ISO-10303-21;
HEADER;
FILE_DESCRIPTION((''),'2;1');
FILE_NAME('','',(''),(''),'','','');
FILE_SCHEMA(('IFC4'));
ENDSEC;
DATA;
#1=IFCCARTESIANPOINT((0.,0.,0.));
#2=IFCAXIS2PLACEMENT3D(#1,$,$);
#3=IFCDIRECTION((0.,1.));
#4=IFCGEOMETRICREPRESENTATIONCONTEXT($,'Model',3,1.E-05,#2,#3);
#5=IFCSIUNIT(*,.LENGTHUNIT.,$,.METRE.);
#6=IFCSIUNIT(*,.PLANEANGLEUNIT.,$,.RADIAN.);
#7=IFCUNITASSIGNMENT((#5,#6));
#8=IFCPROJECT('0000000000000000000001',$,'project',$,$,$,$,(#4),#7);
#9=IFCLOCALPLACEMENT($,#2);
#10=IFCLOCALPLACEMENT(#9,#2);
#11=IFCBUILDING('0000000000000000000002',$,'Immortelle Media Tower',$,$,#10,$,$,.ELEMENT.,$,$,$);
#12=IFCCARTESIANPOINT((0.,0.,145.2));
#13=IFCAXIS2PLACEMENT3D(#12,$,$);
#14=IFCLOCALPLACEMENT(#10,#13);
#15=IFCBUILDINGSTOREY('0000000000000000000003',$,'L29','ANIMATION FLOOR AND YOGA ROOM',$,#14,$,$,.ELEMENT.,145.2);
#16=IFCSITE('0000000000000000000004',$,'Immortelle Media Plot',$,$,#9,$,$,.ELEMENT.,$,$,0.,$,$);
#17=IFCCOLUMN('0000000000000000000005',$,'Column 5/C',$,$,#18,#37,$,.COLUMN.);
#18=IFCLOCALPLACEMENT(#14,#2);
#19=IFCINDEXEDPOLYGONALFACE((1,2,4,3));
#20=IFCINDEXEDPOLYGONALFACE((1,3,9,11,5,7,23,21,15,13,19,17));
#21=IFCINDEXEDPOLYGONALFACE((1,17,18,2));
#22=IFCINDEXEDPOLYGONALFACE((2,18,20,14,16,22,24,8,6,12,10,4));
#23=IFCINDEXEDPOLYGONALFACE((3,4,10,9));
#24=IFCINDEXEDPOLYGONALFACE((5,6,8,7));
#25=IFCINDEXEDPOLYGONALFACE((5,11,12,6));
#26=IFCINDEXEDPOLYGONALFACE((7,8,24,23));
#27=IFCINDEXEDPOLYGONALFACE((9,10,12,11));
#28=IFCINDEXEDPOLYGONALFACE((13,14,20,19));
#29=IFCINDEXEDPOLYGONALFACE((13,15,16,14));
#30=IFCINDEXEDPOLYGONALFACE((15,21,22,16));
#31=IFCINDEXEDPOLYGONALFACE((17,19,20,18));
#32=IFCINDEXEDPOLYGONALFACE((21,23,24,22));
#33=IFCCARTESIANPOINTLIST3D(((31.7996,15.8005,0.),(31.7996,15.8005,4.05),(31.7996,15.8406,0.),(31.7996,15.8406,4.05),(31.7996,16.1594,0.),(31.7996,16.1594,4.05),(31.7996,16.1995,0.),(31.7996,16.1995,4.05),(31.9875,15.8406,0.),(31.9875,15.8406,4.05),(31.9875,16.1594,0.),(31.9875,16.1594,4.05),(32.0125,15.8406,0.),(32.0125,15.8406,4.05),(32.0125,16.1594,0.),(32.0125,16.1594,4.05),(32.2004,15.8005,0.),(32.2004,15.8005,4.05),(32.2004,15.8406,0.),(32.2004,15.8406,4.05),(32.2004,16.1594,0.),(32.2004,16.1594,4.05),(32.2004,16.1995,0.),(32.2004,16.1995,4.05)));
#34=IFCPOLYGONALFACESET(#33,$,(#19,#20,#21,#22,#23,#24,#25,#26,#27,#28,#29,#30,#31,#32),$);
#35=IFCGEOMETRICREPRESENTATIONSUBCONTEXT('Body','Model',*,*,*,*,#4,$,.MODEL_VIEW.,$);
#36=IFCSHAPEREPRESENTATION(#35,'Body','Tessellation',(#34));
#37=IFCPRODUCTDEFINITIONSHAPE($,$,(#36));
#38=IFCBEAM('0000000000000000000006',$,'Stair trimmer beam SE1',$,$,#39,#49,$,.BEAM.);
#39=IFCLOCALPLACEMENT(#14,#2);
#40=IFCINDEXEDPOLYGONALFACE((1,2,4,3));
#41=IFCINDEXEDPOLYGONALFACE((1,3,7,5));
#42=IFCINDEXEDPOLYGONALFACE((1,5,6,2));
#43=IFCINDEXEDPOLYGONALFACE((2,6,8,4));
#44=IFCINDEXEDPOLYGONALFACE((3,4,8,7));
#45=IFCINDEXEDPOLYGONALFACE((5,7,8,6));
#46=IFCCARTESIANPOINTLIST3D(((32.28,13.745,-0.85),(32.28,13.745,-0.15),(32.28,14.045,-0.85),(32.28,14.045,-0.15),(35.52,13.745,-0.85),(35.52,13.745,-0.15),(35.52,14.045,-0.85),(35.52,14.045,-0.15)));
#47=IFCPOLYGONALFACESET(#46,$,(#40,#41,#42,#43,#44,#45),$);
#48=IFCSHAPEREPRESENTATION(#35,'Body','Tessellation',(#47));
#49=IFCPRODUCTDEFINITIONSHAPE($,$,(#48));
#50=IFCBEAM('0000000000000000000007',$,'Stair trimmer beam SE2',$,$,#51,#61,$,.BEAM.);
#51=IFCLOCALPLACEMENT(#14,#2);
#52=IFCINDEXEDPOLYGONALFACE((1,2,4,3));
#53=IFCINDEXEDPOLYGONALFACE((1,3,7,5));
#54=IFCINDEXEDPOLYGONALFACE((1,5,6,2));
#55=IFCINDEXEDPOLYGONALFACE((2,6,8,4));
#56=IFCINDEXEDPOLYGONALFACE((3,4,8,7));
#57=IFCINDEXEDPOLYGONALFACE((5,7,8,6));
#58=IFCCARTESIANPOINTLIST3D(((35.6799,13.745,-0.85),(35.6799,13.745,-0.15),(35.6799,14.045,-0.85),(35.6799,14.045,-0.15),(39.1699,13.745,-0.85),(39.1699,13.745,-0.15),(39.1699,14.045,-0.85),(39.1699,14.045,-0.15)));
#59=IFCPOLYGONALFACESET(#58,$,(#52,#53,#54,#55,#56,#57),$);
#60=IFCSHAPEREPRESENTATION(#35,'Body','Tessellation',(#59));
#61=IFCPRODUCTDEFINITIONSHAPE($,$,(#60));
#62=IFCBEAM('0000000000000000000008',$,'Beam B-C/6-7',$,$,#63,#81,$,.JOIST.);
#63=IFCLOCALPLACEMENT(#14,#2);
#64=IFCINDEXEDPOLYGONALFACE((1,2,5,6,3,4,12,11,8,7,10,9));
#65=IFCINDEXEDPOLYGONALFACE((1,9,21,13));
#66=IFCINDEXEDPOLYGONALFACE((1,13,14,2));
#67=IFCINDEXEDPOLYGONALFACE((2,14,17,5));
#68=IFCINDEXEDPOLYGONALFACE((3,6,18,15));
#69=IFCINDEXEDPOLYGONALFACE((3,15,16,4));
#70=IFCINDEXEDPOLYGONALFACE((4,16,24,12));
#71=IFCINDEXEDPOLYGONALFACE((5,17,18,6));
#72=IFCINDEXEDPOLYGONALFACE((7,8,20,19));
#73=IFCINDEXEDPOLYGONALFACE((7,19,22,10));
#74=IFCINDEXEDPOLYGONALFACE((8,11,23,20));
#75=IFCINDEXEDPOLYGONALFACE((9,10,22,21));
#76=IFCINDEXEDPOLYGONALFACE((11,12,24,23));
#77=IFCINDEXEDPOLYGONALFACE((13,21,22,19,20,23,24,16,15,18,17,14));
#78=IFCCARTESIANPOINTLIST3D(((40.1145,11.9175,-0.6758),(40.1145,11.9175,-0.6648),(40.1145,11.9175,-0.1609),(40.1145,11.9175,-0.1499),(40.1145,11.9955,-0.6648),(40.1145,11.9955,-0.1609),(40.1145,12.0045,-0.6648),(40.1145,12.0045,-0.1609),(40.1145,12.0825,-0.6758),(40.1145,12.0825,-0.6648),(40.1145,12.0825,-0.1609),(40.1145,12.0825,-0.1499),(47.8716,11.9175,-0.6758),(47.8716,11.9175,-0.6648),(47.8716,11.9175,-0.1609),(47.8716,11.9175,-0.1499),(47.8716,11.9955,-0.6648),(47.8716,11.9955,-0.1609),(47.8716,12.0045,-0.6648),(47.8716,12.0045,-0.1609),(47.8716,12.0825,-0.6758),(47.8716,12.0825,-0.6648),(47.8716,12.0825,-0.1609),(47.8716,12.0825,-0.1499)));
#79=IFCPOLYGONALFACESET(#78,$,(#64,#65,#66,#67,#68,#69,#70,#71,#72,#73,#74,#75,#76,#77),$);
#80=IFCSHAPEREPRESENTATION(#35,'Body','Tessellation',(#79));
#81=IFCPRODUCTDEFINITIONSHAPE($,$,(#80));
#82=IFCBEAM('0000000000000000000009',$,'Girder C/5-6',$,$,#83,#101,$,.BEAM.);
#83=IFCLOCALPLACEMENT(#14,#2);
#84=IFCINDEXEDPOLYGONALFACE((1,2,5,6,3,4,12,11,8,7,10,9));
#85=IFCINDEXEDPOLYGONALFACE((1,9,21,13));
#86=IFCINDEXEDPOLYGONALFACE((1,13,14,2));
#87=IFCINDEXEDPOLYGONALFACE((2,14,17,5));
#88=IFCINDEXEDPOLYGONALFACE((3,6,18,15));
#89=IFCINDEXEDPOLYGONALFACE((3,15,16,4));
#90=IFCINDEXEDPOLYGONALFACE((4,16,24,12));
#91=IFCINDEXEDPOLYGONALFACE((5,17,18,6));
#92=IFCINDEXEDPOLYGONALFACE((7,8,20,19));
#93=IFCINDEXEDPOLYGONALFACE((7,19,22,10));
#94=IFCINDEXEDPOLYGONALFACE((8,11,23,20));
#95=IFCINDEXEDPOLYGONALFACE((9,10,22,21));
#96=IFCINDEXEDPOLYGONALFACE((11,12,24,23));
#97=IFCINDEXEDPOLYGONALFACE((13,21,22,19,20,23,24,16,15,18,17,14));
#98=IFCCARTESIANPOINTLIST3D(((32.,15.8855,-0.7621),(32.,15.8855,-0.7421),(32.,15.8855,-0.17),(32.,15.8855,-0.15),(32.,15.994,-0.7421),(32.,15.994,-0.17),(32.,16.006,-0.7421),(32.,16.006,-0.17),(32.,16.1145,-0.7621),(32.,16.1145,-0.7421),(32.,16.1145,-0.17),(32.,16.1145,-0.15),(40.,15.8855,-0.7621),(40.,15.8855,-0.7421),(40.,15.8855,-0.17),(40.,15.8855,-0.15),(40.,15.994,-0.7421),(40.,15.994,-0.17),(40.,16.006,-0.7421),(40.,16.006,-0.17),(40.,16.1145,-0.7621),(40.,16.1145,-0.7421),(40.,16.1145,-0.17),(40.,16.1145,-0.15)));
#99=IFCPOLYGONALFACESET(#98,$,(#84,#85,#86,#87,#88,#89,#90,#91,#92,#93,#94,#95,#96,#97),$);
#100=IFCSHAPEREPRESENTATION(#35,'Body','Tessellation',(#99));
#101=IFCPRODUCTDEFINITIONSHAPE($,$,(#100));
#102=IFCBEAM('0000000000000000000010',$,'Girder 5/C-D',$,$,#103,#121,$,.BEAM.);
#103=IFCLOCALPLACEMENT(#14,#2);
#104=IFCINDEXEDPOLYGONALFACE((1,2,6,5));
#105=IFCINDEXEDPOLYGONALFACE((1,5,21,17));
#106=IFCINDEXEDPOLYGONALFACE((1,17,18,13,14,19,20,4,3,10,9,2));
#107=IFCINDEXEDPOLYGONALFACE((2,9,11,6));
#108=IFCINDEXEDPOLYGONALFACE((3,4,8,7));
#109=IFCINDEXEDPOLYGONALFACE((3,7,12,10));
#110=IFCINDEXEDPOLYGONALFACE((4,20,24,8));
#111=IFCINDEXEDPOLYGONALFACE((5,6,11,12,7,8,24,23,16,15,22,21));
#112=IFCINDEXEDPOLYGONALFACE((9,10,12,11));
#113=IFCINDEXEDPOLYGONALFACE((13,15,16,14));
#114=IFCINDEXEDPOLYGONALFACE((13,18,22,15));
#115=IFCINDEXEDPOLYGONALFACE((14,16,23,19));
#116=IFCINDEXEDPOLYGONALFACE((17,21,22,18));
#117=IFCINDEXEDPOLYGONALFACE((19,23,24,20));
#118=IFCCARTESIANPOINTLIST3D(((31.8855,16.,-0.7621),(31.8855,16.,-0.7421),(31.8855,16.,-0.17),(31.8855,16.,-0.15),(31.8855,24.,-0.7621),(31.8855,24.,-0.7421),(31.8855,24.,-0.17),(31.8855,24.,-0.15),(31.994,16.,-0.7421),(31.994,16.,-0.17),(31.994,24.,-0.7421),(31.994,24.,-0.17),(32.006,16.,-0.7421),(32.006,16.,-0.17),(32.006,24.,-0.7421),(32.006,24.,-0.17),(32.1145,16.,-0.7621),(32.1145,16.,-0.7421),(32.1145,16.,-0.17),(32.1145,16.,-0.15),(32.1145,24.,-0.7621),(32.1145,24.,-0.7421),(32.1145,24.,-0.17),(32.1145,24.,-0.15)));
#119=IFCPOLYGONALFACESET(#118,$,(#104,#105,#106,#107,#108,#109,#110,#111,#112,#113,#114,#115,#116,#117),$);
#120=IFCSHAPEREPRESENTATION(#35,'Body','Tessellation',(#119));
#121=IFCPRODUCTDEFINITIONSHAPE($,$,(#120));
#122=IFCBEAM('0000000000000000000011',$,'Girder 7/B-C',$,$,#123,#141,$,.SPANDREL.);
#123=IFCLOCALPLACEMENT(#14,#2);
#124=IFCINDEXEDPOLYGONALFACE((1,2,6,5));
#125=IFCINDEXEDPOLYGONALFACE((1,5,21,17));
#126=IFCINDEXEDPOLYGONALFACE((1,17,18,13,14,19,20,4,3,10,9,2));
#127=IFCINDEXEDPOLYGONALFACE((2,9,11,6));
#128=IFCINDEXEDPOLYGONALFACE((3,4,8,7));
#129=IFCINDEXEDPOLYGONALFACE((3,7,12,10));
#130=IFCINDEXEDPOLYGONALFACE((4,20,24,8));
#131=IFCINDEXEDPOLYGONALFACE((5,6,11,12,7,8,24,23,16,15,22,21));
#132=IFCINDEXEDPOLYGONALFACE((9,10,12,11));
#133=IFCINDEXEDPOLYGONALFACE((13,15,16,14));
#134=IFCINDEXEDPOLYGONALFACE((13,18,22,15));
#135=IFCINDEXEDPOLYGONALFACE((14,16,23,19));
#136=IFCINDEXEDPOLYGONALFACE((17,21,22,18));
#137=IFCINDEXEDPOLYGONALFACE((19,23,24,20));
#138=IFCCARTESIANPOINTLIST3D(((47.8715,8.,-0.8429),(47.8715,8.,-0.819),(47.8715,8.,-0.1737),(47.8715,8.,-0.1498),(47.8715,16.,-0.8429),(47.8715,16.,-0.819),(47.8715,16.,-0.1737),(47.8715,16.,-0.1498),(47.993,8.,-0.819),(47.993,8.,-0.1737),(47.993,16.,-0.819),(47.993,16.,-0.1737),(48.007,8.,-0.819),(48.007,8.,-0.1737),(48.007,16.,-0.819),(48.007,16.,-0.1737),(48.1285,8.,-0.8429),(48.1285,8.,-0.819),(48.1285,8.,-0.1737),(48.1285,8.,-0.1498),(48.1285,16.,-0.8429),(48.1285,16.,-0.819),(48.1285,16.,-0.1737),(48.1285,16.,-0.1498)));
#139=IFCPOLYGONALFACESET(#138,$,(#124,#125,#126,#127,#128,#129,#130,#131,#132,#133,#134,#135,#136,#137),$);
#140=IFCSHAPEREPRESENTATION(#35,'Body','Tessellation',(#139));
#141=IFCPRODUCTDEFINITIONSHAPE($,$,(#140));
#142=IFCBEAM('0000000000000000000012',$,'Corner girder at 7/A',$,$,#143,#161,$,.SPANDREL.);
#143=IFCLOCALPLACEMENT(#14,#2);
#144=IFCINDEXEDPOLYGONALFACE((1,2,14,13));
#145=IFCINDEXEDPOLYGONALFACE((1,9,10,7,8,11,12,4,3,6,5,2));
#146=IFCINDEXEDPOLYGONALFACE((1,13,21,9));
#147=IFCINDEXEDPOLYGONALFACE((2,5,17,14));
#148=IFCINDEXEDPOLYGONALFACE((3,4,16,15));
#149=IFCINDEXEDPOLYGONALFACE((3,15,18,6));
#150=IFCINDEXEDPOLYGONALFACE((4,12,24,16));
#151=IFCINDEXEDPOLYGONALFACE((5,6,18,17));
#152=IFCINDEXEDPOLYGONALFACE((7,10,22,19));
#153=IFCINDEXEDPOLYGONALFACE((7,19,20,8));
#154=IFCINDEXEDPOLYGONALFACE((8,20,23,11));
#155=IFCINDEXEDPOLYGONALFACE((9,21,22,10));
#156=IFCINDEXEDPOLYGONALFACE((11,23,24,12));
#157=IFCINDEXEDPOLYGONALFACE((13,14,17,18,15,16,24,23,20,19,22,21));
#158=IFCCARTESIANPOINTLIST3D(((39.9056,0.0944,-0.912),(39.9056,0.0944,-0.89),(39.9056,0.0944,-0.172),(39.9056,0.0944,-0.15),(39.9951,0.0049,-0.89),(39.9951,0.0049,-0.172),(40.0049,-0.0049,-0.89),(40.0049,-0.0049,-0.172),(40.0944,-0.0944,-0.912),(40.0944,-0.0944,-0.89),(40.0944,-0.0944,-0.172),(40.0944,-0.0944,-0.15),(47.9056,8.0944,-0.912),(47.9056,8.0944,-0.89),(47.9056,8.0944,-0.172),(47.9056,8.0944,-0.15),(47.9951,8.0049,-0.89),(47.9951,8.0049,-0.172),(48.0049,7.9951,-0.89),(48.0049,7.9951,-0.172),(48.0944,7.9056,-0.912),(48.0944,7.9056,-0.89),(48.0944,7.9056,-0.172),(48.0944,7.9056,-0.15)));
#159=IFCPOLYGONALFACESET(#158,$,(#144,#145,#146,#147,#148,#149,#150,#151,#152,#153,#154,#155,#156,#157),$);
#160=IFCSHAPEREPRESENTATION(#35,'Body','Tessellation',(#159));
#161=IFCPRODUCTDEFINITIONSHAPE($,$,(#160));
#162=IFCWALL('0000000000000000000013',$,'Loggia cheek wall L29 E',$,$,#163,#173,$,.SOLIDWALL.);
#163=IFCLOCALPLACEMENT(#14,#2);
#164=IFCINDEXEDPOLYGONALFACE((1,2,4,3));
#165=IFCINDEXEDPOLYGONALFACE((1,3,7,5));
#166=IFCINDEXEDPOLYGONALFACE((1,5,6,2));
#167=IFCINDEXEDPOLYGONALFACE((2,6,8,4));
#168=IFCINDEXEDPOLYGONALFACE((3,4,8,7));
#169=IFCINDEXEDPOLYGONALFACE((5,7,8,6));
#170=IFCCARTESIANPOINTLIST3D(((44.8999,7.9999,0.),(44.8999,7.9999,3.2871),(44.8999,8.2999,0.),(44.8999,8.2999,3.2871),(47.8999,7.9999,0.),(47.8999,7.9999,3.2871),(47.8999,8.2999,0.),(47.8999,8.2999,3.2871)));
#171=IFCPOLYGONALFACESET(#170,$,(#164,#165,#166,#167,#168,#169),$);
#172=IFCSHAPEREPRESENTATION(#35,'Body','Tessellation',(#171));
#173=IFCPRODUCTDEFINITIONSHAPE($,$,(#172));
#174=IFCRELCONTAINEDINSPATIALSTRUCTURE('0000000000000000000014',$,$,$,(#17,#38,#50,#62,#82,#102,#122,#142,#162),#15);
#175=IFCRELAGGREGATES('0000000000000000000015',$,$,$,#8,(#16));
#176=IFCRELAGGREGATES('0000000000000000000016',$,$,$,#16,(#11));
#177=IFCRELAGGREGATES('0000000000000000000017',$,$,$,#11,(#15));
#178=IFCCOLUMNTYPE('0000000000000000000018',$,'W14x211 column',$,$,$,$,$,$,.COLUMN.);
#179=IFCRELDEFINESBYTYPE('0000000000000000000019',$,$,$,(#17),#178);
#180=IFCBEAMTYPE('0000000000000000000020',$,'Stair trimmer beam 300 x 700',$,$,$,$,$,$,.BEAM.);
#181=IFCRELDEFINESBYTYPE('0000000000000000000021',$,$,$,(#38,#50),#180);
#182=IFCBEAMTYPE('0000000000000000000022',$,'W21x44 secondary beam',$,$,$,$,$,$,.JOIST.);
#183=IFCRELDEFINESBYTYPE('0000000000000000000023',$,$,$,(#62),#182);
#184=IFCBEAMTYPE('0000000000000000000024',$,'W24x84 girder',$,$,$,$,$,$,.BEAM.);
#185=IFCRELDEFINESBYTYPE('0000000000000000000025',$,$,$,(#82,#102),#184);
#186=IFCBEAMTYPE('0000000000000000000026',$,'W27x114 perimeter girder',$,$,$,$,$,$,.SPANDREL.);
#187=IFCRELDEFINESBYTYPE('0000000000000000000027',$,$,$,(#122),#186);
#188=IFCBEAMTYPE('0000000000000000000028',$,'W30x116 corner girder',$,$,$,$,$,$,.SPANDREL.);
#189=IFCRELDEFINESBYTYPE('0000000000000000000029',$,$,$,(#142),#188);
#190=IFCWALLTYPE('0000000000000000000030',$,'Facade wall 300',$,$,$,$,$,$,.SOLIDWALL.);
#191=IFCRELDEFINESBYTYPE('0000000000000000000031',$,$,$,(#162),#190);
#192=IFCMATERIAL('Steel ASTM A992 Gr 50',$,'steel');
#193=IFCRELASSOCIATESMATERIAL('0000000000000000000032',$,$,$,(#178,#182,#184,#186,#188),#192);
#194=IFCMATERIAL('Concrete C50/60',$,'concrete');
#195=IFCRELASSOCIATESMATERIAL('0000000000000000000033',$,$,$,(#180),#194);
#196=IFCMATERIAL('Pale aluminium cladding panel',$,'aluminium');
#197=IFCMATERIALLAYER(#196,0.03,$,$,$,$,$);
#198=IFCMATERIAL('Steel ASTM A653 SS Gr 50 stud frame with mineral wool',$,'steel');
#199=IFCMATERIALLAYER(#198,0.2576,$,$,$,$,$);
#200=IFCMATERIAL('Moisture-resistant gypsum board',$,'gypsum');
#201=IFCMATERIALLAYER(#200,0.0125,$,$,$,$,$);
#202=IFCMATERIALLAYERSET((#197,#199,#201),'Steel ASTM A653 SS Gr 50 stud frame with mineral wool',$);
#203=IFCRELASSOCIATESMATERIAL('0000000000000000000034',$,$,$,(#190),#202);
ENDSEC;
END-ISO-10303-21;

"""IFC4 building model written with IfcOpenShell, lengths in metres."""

from ifc_helpers import new_model, si_unit, direction, frame, frame_2d, origin, origin_2d, place, context, subcontext, project, spatial, rectangle, i_section, extrude, material, layer, layer_set, material_profile, profile_set, type_object, element, save


model = new_model("IFC4")

# Units and contexts
model_context = context("Model", 3, precision=1e-05, world=origin(), true_north=direction((0.0, 1.0)))
body_context = subcontext(model_context, "Body", "Model", "MODEL_VIEW")
ifc_project = project(units=[si_unit("LENGTHUNIT", "METRE"), si_unit("PLANEANGLEUNIT", "RADIAN")], contexts=[model_context])

# Site, building, storey
site_placement = place(None, origin())
site = spatial("IfcSite", under=ifc_project, at=site_placement, Name="Immortelle Media Plot", CompositionType="ELEMENT", RefElevation=0.0)
building_placement = place(site_placement, origin())
building = spatial("IfcBuilding", under=site, at=building_placement, Name="Immortelle Media Tower", CompositionType="ELEMENT")
storey_placement = place(building_placement, frame((0.0, 0.0, 145.2)))
storey = spatial("IfcBuildingStorey", under=building, at=storey_placement, Name="L29", Description="ANIMATION FLOOR AND YOGA ROOM", CompositionType="ELEMENT", Elevation=145.2)

# Column
ifc_material_1 = material(Name="Steel ASTM A992 Gr 50", Category="steel")
ifc_material_profile_1 = material_profile(ifc_material_1, i_section(OverallWidth=0.4009, OverallDepth=0.3989, WebThickness=0.0249, FlangeThickness=0.04, at=origin_2d()), Name="W14x211")
ifc_profile_set_1 = profile_set([ifc_material_profile_1], Name="Steel ASTM A992 Gr 50")
column_type = type_object("IfcColumnType", Name="W14x211 column", PredefinedType="COLUMN", material=ifc_profile_set_1)
column_placement = place(storey_placement, frame((32.0, 16.0, 0.0), z_axis=(0.0, 0.0, 1.0), x_axis=(1.0, 0.0, 0.0)))
element("IfcColumn", 1, at=column_placement, inside=storey, type_object=column_type, Name="Column 5/C", PredefinedType="COLUMN", context=body_context, shape_type="SweptSolid", body=[
    extrude(i_section(OverallWidth=0.4009, OverallDepth=0.3989, WebThickness=0.0249, FlangeThickness=0.04, at=origin_2d()), origin(), (0.0, 0.0, 1.0), 4.05),
])

# Beams
ifc_material_2 = material(Name="Concrete C50/60", Category="concrete")
ifc_material_profile_2 = material_profile(ifc_material_2, rectangle(XDim=0.3, YDim=0.7, at=origin_2d()), Name="RC 300x700")
ifc_profile_set_2 = profile_set([ifc_material_profile_2], Name="Concrete C50/60")
beam_type_1 = type_object("IfcBeamType", Name="Stair trimmer beam 300 x 700", PredefinedType="BEAM", material=ifc_profile_set_2)
beam_1_placement = place(storey_placement, frame((32.28, 13.895, -0.5), z_axis=(1.0, 0.0, 0.0), x_axis=(0.0, 1.0, 0.0)))
element("IfcBeam", 2, at=beam_1_placement, inside=storey, type_object=beam_type_1, Name="Stair trimmer beam SE1", PredefinedType="BEAM", context=body_context, shape_type="SweptSolid", body=[
    extrude(rectangle(XDim=0.3, YDim=0.7, at=origin_2d()), origin(), (0.0, 0.0, 1.0), 3.24),
])
beam_2_placement = place(storey_placement, frame((35.6799, 13.895, -0.5), z_axis=(1.0, 0.0, 0.0), x_axis=(0.0, 1.0, 0.0)))
element("IfcBeam", 3, at=beam_2_placement, inside=storey, type_object=beam_type_1, Name="Stair trimmer beam SE2", PredefinedType="BEAM", context=body_context, shape_type="SweptSolid", body=[
    extrude(rectangle(XDim=0.3, YDim=0.7, at=origin_2d()), origin(), (0.0, 0.0, 1.0), 3.49),
])
ifc_material_profile_3 = material_profile(ifc_material_1, i_section(OverallWidth=0.165, OverallDepth=0.5259, WebThickness=0.009, FlangeThickness=0.011, at=origin_2d()), Name="W21x44")
ifc_profile_set_3 = profile_set([ifc_material_profile_3], Name="Steel ASTM A992 Gr 50")
beam_type_2 = type_object("IfcBeamType", Name="W21x44 secondary beam", PredefinedType="JOIST", material=ifc_profile_set_3)
beam_3_placement = place(storey_placement, frame((40.1145, 12.0, -0.4128), z_axis=(1.0, 0.0, 0.0), x_axis=(0.0, 1.0, 0.0)))
element("IfcBeam", 4, at=beam_3_placement, inside=storey, type_object=beam_type_2, Name="Beam B-C/6-7", PredefinedType="JOIST", context=body_context, shape_type="SweptSolid", body=[
    extrude(i_section(OverallWidth=0.165, OverallDepth=0.5259, WebThickness=0.009, FlangeThickness=0.011, at=origin_2d()), origin(), (0.0, 0.0, 1.0), 7.7571),
])
ifc_material_profile_4 = material_profile(ifc_material_1, i_section(OverallWidth=0.229, OverallDepth=0.6121, WebThickness=0.012, FlangeThickness=0.02, at=origin_2d()), Name="W24x84")
ifc_profile_set_4 = profile_set([ifc_material_profile_4], Name="Steel ASTM A992 Gr 50")
beam_type_3 = type_object("IfcBeamType", Name="W24x84 girder", PredefinedType="BEAM", material=ifc_profile_set_4)
for number, where, z_axis, x_axis, name in (
    (5, (32.0, 16.0, -0.4561), (1.0, 0.0, 0.0), (0.0, 1.0, 0.0), "Girder C/5-6"),
    (6, (32.0, 16.0, -0.4561), (0.0, 1.0, 0.0), (-1.0, 0.0, 0.0), "Girder 5/C-D"),
):
    element("IfcBeam", number, at=place(storey_placement, frame(where, z_axis=z_axis, x_axis=x_axis)), inside=storey, type_object=beam_type_3, Name=name, PredefinedType="BEAM", context=body_context, shape_type="SweptSolid", body=[
        extrude(i_section(OverallWidth=0.229, OverallDepth=0.6121, WebThickness=0.012, FlangeThickness=0.02, at=origin_2d()), origin(), (0.0, 0.0, 1.0), 8.0),
    ])
ifc_material_profile_5 = material_profile(ifc_material_1, i_section(OverallWidth=0.2571, OverallDepth=0.6931, WebThickness=0.0139, FlangeThickness=0.0239, at=origin_2d()), Name="W27x114")
ifc_profile_set_5 = profile_set([ifc_material_profile_5], Name="Steel ASTM A992 Gr 50")
beam_type_4 = type_object("IfcBeamType", Name="W27x114 perimeter girder", PredefinedType="SPANDREL", material=ifc_profile_set_5)
beam_4_placement = place(storey_placement, frame((48.0, 8.0, -0.4963), z_axis=(0.0, 1.0, 0.0), x_axis=(-1.0, 0.0, 0.0)))
element("IfcBeam", 7, at=beam_4_placement, inside=storey, type_object=beam_type_4, Name="Girder 7/B-C", PredefinedType="SPANDREL", context=body_context, shape_type="SweptSolid", body=[
    extrude(i_section(OverallWidth=0.2571, OverallDepth=0.6931, WebThickness=0.0139, FlangeThickness=0.0239, at=origin_2d()), origin(), (0.0, 0.0, 1.0), 8.0),
])
ifc_material_profile_6 = material_profile(ifc_material_1, i_section(OverallWidth=0.2671, OverallDepth=0.762, WebThickness=0.0139, FlangeThickness=0.022, at=origin_2d()), Name="W30x116")
ifc_profile_set_6 = profile_set([ifc_material_profile_6], Name="Steel ASTM A992 Gr 50")
beam_type_5 = type_object("IfcBeamType", Name="W30x116 corner girder", PredefinedType="SPANDREL", material=ifc_profile_set_6)
beam_5_placement = place(storey_placement, frame((48.0, 8.0, -0.531), z_axis=(-0.707107, -0.707107, 0.0), x_axis=(0.707107, -0.707107, 0.0)))
element("IfcBeam", 8, at=beam_5_placement, inside=storey, type_object=beam_type_5, Name="Corner girder at 7/A", PredefinedType="SPANDREL", context=body_context, shape_type="SweptSolid", body=[
    extrude(i_section(OverallWidth=0.2671, OverallDepth=0.762, WebThickness=0.0139, FlangeThickness=0.022, at=origin_2d()), origin(), (0.0, 0.0, 1.0), 11.3137),
])

# Shared definitions
ifc_material_3 = material(Name="Pale aluminium cladding panel", Category="aluminium")
ifc_layer_1 = layer(ifc_material_3, 0.03)
ifc_material_4 = material(Name="Steel ASTM A653 SS Gr 50 stud frame with mineral wool", Category="steel")
ifc_layer_2 = layer(ifc_material_4, 0.2576)
ifc_material_5 = material(Name="Moisture-resistant gypsum board", Category="gypsum")
ifc_layer_3 = layer(ifc_material_5, 0.0125)
ifc_layer_set_1 = layer_set([ifc_layer_1, ifc_layer_2, ifc_layer_3], Name="Steel ASTM A653 SS Gr 50 stud frame with mineral wool")
wall_type_1 = type_object("IfcWallType", Name="Facade wall 300", PredefinedType="SOLIDWALL", material=ifc_layer_set_1)

# Wall
for number, where, z_axis, x_axis, name in (
    (9, (47.8999, 8.1499, 0.0), (0.0, 0.0, 1.0), (-1.0, 0.0, 0.0), "Loggia cheek wall L29 E"),
):
    element("IfcWall", number, at=place(storey_placement, frame(where, z_axis=z_axis, x_axis=x_axis)), inside=storey, type_object=wall_type_1, Name=name, PredefinedType="SOLIDWALL", context=body_context, shape_type="SweptSolid", body=[
        extrude(rectangle(XDim=3.0, YDim=0.3, at=frame_2d((1.5, 0.0))), origin(), (0.0, 0.0, 1.0), 3.2871),
    ])

save(model, "model.ifc")
